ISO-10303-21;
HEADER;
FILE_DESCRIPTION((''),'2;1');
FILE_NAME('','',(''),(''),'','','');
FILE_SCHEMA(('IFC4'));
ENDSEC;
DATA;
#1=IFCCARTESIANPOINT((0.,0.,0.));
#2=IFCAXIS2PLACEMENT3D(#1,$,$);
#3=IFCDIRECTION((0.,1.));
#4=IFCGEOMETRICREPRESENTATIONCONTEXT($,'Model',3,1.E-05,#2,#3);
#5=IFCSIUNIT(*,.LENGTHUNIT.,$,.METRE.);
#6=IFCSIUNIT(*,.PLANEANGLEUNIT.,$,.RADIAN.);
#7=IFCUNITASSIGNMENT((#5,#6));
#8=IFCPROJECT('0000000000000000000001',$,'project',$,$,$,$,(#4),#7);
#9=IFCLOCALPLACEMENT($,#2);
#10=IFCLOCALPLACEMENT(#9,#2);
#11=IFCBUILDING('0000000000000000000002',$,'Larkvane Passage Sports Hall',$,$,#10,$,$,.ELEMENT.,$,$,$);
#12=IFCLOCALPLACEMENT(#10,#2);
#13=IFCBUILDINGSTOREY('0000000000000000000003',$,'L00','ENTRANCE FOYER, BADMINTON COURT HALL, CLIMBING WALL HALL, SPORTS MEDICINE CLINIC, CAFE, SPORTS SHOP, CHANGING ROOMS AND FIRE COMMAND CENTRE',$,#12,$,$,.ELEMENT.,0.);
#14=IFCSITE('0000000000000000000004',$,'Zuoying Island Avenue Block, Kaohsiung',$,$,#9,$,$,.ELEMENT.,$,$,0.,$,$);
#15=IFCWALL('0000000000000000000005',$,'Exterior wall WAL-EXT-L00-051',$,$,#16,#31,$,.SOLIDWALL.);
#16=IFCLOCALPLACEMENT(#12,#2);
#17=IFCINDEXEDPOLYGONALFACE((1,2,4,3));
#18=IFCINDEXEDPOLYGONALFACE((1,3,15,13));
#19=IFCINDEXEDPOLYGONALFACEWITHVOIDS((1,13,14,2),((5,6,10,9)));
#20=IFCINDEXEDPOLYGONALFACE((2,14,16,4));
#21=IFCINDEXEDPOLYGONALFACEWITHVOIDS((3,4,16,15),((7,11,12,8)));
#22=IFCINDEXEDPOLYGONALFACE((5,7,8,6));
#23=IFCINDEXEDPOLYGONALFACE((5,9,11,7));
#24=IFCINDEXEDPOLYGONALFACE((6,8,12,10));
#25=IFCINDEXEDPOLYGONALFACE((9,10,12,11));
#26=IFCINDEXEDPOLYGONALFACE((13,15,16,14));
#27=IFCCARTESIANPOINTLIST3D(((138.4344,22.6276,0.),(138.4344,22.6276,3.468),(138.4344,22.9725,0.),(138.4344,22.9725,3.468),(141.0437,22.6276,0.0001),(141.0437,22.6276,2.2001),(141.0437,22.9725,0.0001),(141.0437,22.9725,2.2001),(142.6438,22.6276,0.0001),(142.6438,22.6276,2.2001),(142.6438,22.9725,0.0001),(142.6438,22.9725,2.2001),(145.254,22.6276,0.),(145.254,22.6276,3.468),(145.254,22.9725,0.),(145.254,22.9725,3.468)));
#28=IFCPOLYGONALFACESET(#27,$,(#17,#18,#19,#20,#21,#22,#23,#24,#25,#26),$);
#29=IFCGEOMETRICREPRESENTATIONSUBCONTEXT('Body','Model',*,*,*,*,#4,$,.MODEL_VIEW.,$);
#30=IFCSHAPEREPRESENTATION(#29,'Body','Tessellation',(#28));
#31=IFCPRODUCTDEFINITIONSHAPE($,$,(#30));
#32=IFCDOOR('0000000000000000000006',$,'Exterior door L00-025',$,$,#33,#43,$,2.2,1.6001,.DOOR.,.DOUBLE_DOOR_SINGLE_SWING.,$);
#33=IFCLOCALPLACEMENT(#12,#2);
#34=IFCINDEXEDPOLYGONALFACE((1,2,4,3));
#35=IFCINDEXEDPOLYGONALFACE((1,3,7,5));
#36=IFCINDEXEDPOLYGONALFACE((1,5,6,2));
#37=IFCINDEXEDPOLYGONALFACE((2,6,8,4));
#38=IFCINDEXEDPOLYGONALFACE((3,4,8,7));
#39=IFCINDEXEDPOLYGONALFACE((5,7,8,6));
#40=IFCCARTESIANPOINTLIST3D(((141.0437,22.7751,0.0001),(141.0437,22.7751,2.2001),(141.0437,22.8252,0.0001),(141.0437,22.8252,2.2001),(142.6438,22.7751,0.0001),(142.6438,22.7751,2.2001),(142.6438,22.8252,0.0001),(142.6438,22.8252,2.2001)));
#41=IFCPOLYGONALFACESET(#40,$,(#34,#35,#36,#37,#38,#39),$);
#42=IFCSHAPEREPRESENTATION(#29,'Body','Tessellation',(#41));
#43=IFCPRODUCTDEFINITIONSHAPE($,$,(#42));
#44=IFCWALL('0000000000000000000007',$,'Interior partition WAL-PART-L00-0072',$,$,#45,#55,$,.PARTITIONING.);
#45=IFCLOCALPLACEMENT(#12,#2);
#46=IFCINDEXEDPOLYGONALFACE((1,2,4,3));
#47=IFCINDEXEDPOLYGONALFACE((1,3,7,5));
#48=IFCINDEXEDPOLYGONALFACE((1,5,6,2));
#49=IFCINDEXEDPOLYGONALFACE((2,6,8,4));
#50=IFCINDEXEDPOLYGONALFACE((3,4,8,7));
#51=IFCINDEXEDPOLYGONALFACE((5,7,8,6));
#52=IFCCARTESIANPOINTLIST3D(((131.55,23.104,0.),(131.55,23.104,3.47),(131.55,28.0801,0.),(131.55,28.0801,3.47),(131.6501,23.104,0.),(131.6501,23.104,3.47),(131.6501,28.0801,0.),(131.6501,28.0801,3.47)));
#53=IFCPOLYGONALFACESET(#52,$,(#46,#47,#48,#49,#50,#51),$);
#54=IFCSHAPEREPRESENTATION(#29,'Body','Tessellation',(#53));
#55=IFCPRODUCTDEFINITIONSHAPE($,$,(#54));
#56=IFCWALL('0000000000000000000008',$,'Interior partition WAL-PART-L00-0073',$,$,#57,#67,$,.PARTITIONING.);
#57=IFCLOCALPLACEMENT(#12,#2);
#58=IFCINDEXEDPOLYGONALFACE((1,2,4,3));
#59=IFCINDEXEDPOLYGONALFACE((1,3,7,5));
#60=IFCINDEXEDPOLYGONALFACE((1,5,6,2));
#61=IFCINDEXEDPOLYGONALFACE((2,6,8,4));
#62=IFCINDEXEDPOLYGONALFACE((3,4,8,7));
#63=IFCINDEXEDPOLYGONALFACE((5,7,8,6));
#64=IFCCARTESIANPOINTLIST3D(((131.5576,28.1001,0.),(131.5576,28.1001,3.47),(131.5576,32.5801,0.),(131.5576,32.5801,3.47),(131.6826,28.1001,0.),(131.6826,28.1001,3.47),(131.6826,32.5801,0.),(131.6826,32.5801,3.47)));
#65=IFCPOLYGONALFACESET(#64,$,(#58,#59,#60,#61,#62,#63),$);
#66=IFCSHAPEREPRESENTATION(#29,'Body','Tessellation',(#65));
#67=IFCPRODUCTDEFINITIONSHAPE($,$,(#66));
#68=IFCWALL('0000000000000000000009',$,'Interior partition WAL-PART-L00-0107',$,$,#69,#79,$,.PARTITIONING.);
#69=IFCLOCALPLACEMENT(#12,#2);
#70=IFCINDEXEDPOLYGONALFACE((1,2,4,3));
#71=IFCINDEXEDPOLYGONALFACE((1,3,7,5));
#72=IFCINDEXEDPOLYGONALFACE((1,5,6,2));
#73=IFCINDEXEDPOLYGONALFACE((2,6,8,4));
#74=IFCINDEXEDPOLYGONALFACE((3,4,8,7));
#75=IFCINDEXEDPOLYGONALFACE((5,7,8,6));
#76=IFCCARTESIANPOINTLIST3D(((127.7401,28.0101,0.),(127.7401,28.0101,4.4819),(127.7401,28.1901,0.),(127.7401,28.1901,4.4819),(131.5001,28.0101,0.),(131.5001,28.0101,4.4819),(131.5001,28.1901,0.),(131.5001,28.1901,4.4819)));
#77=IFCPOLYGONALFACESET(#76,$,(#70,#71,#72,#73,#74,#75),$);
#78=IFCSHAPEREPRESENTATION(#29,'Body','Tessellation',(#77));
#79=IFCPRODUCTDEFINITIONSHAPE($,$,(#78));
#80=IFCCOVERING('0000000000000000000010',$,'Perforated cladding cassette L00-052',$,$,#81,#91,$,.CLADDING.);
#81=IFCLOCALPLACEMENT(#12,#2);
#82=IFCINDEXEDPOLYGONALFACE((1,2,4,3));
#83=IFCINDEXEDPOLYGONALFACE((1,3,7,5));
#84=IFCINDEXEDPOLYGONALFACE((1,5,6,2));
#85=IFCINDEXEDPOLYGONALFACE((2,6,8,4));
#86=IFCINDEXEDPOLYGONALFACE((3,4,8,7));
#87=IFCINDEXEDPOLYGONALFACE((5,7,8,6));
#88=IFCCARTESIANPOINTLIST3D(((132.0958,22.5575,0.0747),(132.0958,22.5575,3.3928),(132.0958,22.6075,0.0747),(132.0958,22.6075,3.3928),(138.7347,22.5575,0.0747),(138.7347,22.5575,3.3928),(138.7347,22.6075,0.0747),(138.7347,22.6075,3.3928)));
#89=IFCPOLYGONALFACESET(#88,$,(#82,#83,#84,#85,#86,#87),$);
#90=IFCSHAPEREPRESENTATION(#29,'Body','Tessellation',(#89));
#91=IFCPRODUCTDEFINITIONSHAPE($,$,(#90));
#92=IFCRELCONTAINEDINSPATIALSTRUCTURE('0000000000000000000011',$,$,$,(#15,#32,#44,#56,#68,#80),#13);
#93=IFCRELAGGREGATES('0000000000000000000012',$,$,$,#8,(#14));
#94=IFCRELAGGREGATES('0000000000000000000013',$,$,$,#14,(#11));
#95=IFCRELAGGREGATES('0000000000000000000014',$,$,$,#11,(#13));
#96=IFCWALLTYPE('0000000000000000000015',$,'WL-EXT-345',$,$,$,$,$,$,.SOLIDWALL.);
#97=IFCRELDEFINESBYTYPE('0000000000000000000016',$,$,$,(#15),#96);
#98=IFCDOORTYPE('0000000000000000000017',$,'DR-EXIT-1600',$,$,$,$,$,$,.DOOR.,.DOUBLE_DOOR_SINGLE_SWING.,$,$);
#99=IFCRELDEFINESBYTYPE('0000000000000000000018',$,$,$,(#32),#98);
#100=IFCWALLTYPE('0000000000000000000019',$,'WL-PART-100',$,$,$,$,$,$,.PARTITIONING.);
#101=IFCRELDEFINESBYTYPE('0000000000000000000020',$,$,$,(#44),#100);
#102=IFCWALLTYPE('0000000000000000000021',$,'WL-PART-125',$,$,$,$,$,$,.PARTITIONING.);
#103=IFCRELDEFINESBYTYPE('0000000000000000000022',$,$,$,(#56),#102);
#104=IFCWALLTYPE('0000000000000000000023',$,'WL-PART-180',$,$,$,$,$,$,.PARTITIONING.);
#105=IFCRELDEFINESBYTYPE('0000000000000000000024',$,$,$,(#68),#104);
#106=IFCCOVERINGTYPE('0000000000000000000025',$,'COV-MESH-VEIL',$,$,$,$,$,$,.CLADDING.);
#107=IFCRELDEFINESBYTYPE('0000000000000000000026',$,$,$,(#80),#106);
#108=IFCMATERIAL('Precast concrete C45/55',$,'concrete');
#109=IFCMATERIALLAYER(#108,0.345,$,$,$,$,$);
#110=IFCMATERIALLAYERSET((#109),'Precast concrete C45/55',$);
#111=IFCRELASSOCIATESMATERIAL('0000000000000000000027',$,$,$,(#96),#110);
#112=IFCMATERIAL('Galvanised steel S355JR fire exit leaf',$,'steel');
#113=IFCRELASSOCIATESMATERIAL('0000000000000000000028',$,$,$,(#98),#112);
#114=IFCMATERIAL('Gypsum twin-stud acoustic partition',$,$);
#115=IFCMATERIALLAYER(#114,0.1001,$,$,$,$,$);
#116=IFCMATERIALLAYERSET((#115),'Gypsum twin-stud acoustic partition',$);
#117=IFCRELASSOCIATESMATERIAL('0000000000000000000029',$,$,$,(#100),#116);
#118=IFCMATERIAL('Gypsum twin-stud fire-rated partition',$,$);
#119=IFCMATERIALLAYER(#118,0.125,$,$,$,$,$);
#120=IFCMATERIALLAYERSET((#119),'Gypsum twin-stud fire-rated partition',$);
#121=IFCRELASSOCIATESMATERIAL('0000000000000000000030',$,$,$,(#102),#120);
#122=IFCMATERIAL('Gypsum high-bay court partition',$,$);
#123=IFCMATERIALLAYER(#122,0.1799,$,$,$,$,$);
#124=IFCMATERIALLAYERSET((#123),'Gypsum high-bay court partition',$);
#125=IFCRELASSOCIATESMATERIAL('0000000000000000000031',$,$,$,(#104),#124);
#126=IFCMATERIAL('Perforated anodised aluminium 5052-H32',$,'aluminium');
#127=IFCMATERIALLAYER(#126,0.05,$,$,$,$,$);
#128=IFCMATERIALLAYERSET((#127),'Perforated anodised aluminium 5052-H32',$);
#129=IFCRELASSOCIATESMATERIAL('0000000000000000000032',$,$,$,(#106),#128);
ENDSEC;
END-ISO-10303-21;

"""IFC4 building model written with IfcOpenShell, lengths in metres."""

from ifc_helpers import new_model, si_unit, direction, frame, frame_2d, origin, origin_2d, place, context, subcontext, project, spatial, rectangle, extrude, material, layer, layer_set, type_object, element, fill, save


model = new_model("IFC4")

# Units and contexts
model_context = context("Model", 3, precision=1e-05, world=origin(), true_north=direction((0.0, 1.0)))
body_context = subcontext(model_context, "Body", "Model", "MODEL_VIEW")
ifc_project = project(units=[si_unit("LENGTHUNIT", "METRE"), si_unit("PLANEANGLEUNIT", "RADIAN")], contexts=[model_context])

# Site, building, storey
site_placement = place(None, origin())
site = spatial("IfcSite", under=ifc_project, at=site_placement, Name="Zuoying Island Avenue Block, Kaohsiung", CompositionType="ELEMENT", RefElevation=0.0)
building_placement = place(site_placement, origin())
building = spatial("IfcBuilding", under=site, at=building_placement, Name="Larkvane Passage Sports Hall", CompositionType="ELEMENT")
storey_placement = place(building_placement, origin())
storey = spatial("IfcBuildingStorey", under=building, at=storey_placement, Name="L00", Description="ENTRANCE FOYER, BADMINTON COURT HALL, CLIMBING WALL HALL, SPORTS MEDICINE CLINIC, CAFE, SPORTS SHOP, CHANGING ROOMS AND FIRE COMMAND CENTRE", CompositionType="ELEMENT", Elevation=0.0)

# Shared definitions
ifc_material_1 = material(Name="Precast concrete C45/55", Category="concrete")
ifc_layer_1 = layer(ifc_material_1, 0.345)
ifc_layer_set_1 = layer_set([ifc_layer_1], Name="Precast concrete C45/55")
wall_type_1 = type_object("IfcWallType", Name="WL-EXT-345", PredefinedType="SOLIDWALL", material=ifc_layer_set_1)

# Wall, opening, door
wall_1_placement = place(storey_placement, frame((145.2539, 22.8, 0.0), z_axis=(0.0, 0.0, 1.0), x_axis=(-1.0, 0.0, 0.0)))
wall_1 = element("IfcWall", 1, at=wall_1_placement, inside=storey, type_object=wall_type_1, Name="Exterior wall WAL-EXT-L00-051", PredefinedType="SOLIDWALL", context=body_context, shape_type="SweptSolid", body=[
    extrude(rectangle(XDim=6.8196, YDim=0.345, at=frame_2d((3.4097, 0.0))), origin(), (0.0, 0.0, 1.0), 3.468),
])
opening_1_placement = place(wall_1_placement, frame((2.6101, 0.0, 0.0)))
opening_1 = element("IfcOpeningElement", 2, at=opening_1_placement, cuts=wall_1, PredefinedType="OPENING", context=body_context, shape_type="SweptSolid", body=[
    extrude(rectangle(XDim=1.6001, YDim=2.2, at=frame_2d((0.8, 1.1001))), frame((0.0, 0.1824, 0.0), z_axis=(0.0, -1.0, 0.0), x_axis=(1.0, 0.0, 0.0)), (0.0, 0.0, 1.0), 0.365),
])
ifc_material_2 = material(Name="Galvanised steel S355JR fire exit leaf", Category="steel")
door_type_1 = type_object("IfcDoorType", Name="DR-EXIT-1600", OperationType="DOUBLE_DOOR_SINGLE_SWING", PredefinedType="DOOR", material=ifc_material_2)
door_1_placement = place(opening_1_placement, origin())
door_1 = element("IfcDoor", 3, at=door_1_placement, inside=storey, type_object=door_type_1, Name="Exterior door L00-025", OperationType="DOUBLE_DOOR_SINGLE_SWING", OverallHeight=2.2, OverallWidth=1.6001, PredefinedType="DOOR", context=body_context, shape_type="SweptSolid", body=[
    extrude(rectangle(XDim=1.6001, YDim=2.2, at=frame_2d((0.8, 1.1001))), frame((0.0, 0.0249, 0.0), z_axis=(0.0, -1.0, 0.0), x_axis=(1.0, 0.0, 0.0)), (0.0, 0.0, 1.0), 0.05),
])
fill(opening_1, door_1)

# Walls
ifc_material_3 = material(Name="Gypsum twin-stud acoustic partition")
ifc_layer_2 = layer(ifc_material_3, 0.1001)
ifc_layer_set_2 = layer_set([ifc_layer_2], Name="Gypsum twin-stud acoustic partition")
wall_type_2 = type_object("IfcWallType", Name="WL-PART-100", PredefinedType="PARTITIONING", material=ifc_layer_set_2)
wall_2_placement = place(storey_placement, frame((131.6001, 23.104, 0.0), z_axis=(0.0, 0.0, 1.0), x_axis=(0.0, 1.0, 0.0)))
element("IfcWall", 4, at=wall_2_placement, inside=storey, type_object=wall_type_2, Name="Interior partition WAL-PART-L00-0072", PredefinedType="PARTITIONING", context=body_context, shape_type="SweptSolid", body=[
    extrude(rectangle(XDim=4.9761, YDim=0.1001, at=frame_2d((2.488, 0.0))), origin(), (0.0, 0.0, 1.0), 3.47),
])
ifc_material_4 = material(Name="Gypsum twin-stud fire-rated partition")
ifc_layer_3 = layer(ifc_material_4, 0.125)
ifc_layer_set_3 = layer_set([ifc_layer_3], Name="Gypsum twin-stud fire-rated partition")
wall_type_3 = type_object("IfcWallType", Name="WL-PART-125", PredefinedType="PARTITIONING", material=ifc_layer_set_3)
wall_3_placement = place(storey_placement, frame((131.6201, 28.1001, 0.0), z_axis=(0.0, 0.0, 1.0), x_axis=(0.0, 1.0, 0.0)))
element("IfcWall", 5, at=wall_3_placement, inside=storey, type_object=wall_type_3, Name="Interior partition WAL-PART-L00-0073", PredefinedType="PARTITIONING", context=body_context, shape_type="SweptSolid", body=[
    extrude(rectangle(XDim=4.48, YDim=0.125, at=frame_2d((2.24, 0.0))), origin(), (0.0, 0.0, 1.0), 3.47),
])
ifc_material_5 = material(Name="Gypsum high-bay court partition")
ifc_layer_4 = layer(ifc_material_5, 0.1799)
ifc_layer_set_4 = layer_set([ifc_layer_4], Name="Gypsum high-bay court partition")
wall_type_4 = type_object("IfcWallType", Name="WL-PART-180", PredefinedType="PARTITIONING", material=ifc_layer_set_4)
wall_4_placement = place(storey_placement, frame((131.5, 28.1001, 0.0), z_axis=(0.0, 0.0, 1.0), x_axis=(-1.0, 0.0, 0.0)))
element("IfcWall", 6, at=wall_4_placement, inside=storey, type_object=wall_type_4, Name="Interior partition WAL-PART-L00-0107", PredefinedType="PARTITIONING", context=body_context, shape_type="SweptSolid", body=[
    extrude(rectangle(XDim=3.76, YDim=0.1799, at=frame_2d((1.8799, 0.0))), origin(), (0.0, 0.0, 1.0), 4.4819),
])

# Covering
ifc_material_6 = material(Name="Perforated anodised aluminium 5052-H32", Category="aluminium")
ifc_layer_5 = layer(ifc_material_6, 0.05)
ifc_layer_set_5 = layer_set([ifc_layer_5], Name="Perforated anodised aluminium 5052-H32")
covering_type = type_object("IfcCoveringType", Name="COV-MESH-VEIL", PredefinedType="CLADDING", material=ifc_layer_set_5)
covering_placement = place(storey_placement, frame((135.4153, 22.5825, 0.0747), z_axis=(0.0, 0.0, 1.0), x_axis=(-1.0, 0.0, 0.0)))
element("IfcCovering", 7, at=covering_placement, inside=storey, type_object=covering_type, Name="Perforated cladding cassette L00-052", PredefinedType="CLADDING", context=body_context, shape_type="SweptSolid", body=[
    extrude(rectangle(XDim=6.6389, YDim=0.05, at=origin_2d()), origin(), (0.0, 0.0, 1.0), 3.3181),
])

save(model, "model.ifc")
